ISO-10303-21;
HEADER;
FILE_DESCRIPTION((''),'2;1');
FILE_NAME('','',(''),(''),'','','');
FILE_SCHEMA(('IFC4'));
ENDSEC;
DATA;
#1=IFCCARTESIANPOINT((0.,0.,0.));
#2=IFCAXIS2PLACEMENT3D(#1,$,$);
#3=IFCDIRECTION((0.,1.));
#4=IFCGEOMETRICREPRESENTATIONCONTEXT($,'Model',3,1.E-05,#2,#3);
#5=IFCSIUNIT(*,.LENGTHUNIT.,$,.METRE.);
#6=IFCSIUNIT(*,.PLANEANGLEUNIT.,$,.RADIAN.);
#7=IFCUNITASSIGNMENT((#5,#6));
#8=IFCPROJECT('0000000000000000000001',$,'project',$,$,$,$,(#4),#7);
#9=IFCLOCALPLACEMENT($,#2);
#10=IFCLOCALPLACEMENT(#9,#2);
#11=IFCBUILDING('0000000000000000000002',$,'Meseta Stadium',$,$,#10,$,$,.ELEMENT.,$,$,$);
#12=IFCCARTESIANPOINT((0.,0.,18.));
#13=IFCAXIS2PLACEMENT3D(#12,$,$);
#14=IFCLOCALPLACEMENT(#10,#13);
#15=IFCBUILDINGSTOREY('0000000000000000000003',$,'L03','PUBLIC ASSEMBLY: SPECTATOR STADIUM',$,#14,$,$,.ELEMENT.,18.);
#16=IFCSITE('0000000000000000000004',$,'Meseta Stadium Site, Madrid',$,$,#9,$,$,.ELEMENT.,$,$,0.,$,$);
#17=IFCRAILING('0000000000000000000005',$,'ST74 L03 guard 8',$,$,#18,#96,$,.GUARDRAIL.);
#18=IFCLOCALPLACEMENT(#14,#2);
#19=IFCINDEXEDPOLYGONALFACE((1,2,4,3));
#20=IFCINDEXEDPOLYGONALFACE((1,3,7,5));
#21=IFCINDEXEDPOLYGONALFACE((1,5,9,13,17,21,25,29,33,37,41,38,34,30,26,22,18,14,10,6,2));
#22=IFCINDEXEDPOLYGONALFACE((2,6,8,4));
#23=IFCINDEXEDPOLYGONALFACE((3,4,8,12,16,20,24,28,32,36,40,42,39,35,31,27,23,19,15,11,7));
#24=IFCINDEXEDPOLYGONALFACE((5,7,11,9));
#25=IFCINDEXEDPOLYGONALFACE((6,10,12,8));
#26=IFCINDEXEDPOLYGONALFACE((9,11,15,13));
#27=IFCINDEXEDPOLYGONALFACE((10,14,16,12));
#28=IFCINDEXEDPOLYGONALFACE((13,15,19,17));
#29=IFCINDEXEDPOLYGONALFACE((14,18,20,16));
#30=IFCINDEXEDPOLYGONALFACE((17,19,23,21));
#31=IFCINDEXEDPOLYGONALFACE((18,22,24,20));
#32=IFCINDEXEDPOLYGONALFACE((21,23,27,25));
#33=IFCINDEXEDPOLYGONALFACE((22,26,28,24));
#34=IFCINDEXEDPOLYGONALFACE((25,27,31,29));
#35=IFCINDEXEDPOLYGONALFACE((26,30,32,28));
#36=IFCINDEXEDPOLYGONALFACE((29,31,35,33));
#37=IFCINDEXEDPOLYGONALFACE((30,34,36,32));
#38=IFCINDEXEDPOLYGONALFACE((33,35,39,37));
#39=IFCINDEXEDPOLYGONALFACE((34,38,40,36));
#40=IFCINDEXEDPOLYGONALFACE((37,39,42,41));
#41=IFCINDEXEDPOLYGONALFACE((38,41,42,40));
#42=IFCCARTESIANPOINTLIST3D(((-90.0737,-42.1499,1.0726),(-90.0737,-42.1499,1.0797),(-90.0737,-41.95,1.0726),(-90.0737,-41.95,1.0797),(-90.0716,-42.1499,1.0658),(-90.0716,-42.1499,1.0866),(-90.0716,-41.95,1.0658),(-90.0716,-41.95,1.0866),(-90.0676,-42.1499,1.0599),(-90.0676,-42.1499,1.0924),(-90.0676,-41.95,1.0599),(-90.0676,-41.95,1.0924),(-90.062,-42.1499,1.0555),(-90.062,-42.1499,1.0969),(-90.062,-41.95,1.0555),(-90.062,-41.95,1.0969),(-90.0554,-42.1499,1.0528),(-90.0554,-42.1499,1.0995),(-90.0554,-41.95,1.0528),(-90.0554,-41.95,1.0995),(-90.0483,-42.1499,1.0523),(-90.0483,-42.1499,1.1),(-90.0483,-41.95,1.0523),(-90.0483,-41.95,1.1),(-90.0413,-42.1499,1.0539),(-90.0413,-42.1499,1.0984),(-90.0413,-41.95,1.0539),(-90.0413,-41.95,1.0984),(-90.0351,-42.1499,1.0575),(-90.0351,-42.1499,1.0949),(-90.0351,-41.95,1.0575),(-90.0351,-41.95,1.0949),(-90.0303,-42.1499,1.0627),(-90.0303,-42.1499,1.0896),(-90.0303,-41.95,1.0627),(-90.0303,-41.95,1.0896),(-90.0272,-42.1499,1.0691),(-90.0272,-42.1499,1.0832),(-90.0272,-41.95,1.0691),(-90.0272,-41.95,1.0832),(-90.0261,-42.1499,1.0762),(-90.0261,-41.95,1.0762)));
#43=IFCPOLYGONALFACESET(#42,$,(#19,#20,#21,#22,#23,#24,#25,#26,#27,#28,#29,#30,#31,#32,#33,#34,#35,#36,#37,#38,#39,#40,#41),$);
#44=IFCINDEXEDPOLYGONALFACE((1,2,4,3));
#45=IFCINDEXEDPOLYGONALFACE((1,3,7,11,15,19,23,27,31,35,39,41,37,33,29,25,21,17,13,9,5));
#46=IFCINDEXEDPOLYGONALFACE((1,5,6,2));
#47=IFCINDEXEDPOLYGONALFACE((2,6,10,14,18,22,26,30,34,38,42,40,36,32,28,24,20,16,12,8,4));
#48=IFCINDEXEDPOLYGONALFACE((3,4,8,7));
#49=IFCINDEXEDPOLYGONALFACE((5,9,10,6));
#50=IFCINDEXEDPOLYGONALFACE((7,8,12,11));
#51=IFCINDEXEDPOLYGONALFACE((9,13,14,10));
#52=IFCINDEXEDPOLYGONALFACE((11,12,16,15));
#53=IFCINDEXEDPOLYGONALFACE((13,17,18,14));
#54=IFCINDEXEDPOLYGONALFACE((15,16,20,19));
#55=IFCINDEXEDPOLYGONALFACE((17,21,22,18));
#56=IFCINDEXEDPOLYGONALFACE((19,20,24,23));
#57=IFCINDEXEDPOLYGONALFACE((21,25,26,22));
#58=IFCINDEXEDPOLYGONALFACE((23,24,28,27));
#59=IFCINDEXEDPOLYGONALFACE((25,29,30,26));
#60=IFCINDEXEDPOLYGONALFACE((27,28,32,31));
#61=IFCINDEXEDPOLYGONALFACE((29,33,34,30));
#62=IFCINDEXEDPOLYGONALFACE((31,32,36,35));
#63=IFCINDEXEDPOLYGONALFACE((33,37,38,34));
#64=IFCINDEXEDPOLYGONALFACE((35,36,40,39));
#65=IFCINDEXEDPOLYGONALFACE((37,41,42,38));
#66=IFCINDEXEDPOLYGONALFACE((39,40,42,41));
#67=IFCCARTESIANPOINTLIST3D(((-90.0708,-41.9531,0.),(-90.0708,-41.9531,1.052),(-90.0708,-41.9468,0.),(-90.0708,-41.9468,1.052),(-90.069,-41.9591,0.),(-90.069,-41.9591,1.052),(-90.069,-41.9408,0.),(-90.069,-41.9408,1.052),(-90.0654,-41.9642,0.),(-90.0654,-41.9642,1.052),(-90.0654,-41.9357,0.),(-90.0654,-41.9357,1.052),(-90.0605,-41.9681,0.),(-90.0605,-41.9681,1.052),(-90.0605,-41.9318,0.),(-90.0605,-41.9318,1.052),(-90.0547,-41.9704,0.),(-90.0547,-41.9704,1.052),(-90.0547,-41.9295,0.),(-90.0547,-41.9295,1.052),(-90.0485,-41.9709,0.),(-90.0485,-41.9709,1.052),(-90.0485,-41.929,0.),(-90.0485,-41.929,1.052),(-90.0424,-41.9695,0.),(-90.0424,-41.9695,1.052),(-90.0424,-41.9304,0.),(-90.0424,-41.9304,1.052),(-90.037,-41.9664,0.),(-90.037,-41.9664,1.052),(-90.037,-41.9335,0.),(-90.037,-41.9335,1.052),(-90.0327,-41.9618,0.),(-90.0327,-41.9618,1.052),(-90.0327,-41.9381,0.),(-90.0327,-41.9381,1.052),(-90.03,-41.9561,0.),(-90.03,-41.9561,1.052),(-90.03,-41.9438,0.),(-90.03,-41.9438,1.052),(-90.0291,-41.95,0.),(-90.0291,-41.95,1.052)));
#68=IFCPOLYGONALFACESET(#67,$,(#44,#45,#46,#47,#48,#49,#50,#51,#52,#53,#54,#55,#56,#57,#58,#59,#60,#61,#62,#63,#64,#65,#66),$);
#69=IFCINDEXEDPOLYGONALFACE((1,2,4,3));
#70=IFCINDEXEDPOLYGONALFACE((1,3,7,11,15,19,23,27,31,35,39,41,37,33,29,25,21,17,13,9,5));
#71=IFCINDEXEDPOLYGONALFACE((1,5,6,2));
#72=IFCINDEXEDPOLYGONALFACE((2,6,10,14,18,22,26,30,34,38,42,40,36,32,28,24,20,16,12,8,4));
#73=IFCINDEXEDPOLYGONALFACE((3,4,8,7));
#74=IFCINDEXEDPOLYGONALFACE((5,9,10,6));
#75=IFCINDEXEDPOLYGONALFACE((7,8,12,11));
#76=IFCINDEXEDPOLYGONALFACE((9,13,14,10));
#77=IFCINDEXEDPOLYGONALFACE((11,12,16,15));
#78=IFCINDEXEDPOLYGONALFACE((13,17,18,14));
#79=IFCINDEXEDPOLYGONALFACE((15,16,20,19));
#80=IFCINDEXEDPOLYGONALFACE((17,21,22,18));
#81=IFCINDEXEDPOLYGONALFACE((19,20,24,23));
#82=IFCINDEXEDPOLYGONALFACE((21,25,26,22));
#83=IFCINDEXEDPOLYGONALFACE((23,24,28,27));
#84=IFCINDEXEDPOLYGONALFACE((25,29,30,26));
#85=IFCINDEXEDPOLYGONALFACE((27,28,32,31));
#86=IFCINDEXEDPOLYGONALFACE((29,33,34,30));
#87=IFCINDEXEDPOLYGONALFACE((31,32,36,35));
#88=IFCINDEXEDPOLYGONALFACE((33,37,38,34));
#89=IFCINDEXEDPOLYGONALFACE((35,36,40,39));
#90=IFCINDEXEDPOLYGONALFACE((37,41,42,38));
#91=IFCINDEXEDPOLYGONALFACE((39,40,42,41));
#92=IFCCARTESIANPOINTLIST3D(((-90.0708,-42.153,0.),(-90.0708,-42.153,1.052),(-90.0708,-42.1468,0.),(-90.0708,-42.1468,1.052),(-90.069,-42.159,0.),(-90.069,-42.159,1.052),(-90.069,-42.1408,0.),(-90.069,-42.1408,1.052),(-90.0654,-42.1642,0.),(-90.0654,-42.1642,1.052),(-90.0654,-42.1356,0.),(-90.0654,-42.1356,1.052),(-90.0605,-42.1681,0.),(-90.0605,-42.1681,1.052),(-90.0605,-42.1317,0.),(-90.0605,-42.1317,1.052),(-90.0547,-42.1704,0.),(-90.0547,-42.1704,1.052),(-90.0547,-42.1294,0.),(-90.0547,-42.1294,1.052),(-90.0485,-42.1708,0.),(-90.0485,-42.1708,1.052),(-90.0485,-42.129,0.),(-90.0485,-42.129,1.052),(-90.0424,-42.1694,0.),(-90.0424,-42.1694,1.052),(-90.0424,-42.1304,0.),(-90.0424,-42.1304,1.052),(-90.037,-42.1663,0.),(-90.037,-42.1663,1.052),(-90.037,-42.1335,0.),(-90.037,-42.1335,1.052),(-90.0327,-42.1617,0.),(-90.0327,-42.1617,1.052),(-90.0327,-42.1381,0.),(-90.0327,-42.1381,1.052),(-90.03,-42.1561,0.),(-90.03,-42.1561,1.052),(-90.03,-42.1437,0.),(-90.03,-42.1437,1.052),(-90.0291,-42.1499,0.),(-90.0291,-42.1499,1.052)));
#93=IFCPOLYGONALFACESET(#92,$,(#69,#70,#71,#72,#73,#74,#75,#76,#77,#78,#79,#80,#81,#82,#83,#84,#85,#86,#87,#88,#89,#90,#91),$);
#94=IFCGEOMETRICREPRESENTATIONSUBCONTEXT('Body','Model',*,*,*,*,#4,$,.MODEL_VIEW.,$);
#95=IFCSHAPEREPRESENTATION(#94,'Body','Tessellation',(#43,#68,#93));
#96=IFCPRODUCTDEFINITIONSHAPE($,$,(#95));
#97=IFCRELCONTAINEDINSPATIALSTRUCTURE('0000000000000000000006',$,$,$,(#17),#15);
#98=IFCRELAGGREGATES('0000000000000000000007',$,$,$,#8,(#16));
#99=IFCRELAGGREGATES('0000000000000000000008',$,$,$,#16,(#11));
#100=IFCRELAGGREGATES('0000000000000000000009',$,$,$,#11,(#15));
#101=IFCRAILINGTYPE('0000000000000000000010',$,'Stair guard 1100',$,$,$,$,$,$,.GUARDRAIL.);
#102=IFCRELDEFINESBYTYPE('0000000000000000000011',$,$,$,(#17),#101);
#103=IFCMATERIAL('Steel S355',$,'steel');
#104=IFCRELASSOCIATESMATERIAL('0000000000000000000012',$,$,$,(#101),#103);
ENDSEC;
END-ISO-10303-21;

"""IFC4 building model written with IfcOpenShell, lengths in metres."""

from ifc_helpers import new_model, si_unit, direction, frame, origin, origin_2d, place, context, subcontext, project, spatial, circle, extrude, material, type_object, element, save


model = new_model("IFC4")

# Units and contexts
model_context = context("Model", 3, precision=1e-05, world=origin(), true_north=direction((0.0, 1.0)))
body_context = subcontext(model_context, "Body", "Model", "MODEL_VIEW")
ifc_project = project(units=[si_unit("LENGTHUNIT", "METRE"), si_unit("PLANEANGLEUNIT", "RADIAN")], contexts=[model_context])

# Site, building, storey
site_placement = place(None, origin())
site = spatial("IfcSite", under=ifc_project, at=site_placement, Name="Meseta Stadium Site, Madrid", CompositionType="ELEMENT", RefElevation=0.0)
building_placement = place(site_placement, origin())
building = spatial("IfcBuilding", under=site, at=building_placement, Name="Meseta Stadium", CompositionType="ELEMENT")
storey_placement = place(building_placement, frame((0.0, 0.0, 18.0)))
storey = spatial("IfcBuildingStorey", under=building, at=storey_placement, Name="L03", Description="PUBLIC ASSEMBLY: SPECTATOR STADIUM", CompositionType="ELEMENT", Elevation=18.0)

# Railing
ifc_material_1 = material(Name="Steel S355", Category="steel")
railing_type_1 = type_object("IfcRailingType", Name="Stair guard 1100", PredefinedType="GUARDRAIL", material=ifc_material_1)
railing_1_placement = place(storey_placement, frame((-90.05, -41.95, 0.0)))
element("IfcRailing", 1, at=railing_1_placement, inside=storey, type_object=railing_type_1, Name="ST74 L03 guard 8", PredefinedType="GUARDRAIL", context=body_context, shape_type="SweptSolid", body=[
    extrude(circle(Radius=0.0239, at=origin_2d()), frame((0.0, 0.0, 1.0762), z_axis=(0.0, -1.0, 0.0), x_axis=(1.0, 0.0, 0.0)), (0.0, 0.0, 1.0), 0.2),
    extrude(circle(Radius=0.021, at=origin_2d()), origin(), (0.0, 0.0, 1.0), 1.052),
    extrude(circle(Radius=0.021, at=origin_2d()), frame((0.0, -0.2, 0.0)), (0.0, 0.0, 1.0), 1.052),
])

save(model, "model.ifc")
